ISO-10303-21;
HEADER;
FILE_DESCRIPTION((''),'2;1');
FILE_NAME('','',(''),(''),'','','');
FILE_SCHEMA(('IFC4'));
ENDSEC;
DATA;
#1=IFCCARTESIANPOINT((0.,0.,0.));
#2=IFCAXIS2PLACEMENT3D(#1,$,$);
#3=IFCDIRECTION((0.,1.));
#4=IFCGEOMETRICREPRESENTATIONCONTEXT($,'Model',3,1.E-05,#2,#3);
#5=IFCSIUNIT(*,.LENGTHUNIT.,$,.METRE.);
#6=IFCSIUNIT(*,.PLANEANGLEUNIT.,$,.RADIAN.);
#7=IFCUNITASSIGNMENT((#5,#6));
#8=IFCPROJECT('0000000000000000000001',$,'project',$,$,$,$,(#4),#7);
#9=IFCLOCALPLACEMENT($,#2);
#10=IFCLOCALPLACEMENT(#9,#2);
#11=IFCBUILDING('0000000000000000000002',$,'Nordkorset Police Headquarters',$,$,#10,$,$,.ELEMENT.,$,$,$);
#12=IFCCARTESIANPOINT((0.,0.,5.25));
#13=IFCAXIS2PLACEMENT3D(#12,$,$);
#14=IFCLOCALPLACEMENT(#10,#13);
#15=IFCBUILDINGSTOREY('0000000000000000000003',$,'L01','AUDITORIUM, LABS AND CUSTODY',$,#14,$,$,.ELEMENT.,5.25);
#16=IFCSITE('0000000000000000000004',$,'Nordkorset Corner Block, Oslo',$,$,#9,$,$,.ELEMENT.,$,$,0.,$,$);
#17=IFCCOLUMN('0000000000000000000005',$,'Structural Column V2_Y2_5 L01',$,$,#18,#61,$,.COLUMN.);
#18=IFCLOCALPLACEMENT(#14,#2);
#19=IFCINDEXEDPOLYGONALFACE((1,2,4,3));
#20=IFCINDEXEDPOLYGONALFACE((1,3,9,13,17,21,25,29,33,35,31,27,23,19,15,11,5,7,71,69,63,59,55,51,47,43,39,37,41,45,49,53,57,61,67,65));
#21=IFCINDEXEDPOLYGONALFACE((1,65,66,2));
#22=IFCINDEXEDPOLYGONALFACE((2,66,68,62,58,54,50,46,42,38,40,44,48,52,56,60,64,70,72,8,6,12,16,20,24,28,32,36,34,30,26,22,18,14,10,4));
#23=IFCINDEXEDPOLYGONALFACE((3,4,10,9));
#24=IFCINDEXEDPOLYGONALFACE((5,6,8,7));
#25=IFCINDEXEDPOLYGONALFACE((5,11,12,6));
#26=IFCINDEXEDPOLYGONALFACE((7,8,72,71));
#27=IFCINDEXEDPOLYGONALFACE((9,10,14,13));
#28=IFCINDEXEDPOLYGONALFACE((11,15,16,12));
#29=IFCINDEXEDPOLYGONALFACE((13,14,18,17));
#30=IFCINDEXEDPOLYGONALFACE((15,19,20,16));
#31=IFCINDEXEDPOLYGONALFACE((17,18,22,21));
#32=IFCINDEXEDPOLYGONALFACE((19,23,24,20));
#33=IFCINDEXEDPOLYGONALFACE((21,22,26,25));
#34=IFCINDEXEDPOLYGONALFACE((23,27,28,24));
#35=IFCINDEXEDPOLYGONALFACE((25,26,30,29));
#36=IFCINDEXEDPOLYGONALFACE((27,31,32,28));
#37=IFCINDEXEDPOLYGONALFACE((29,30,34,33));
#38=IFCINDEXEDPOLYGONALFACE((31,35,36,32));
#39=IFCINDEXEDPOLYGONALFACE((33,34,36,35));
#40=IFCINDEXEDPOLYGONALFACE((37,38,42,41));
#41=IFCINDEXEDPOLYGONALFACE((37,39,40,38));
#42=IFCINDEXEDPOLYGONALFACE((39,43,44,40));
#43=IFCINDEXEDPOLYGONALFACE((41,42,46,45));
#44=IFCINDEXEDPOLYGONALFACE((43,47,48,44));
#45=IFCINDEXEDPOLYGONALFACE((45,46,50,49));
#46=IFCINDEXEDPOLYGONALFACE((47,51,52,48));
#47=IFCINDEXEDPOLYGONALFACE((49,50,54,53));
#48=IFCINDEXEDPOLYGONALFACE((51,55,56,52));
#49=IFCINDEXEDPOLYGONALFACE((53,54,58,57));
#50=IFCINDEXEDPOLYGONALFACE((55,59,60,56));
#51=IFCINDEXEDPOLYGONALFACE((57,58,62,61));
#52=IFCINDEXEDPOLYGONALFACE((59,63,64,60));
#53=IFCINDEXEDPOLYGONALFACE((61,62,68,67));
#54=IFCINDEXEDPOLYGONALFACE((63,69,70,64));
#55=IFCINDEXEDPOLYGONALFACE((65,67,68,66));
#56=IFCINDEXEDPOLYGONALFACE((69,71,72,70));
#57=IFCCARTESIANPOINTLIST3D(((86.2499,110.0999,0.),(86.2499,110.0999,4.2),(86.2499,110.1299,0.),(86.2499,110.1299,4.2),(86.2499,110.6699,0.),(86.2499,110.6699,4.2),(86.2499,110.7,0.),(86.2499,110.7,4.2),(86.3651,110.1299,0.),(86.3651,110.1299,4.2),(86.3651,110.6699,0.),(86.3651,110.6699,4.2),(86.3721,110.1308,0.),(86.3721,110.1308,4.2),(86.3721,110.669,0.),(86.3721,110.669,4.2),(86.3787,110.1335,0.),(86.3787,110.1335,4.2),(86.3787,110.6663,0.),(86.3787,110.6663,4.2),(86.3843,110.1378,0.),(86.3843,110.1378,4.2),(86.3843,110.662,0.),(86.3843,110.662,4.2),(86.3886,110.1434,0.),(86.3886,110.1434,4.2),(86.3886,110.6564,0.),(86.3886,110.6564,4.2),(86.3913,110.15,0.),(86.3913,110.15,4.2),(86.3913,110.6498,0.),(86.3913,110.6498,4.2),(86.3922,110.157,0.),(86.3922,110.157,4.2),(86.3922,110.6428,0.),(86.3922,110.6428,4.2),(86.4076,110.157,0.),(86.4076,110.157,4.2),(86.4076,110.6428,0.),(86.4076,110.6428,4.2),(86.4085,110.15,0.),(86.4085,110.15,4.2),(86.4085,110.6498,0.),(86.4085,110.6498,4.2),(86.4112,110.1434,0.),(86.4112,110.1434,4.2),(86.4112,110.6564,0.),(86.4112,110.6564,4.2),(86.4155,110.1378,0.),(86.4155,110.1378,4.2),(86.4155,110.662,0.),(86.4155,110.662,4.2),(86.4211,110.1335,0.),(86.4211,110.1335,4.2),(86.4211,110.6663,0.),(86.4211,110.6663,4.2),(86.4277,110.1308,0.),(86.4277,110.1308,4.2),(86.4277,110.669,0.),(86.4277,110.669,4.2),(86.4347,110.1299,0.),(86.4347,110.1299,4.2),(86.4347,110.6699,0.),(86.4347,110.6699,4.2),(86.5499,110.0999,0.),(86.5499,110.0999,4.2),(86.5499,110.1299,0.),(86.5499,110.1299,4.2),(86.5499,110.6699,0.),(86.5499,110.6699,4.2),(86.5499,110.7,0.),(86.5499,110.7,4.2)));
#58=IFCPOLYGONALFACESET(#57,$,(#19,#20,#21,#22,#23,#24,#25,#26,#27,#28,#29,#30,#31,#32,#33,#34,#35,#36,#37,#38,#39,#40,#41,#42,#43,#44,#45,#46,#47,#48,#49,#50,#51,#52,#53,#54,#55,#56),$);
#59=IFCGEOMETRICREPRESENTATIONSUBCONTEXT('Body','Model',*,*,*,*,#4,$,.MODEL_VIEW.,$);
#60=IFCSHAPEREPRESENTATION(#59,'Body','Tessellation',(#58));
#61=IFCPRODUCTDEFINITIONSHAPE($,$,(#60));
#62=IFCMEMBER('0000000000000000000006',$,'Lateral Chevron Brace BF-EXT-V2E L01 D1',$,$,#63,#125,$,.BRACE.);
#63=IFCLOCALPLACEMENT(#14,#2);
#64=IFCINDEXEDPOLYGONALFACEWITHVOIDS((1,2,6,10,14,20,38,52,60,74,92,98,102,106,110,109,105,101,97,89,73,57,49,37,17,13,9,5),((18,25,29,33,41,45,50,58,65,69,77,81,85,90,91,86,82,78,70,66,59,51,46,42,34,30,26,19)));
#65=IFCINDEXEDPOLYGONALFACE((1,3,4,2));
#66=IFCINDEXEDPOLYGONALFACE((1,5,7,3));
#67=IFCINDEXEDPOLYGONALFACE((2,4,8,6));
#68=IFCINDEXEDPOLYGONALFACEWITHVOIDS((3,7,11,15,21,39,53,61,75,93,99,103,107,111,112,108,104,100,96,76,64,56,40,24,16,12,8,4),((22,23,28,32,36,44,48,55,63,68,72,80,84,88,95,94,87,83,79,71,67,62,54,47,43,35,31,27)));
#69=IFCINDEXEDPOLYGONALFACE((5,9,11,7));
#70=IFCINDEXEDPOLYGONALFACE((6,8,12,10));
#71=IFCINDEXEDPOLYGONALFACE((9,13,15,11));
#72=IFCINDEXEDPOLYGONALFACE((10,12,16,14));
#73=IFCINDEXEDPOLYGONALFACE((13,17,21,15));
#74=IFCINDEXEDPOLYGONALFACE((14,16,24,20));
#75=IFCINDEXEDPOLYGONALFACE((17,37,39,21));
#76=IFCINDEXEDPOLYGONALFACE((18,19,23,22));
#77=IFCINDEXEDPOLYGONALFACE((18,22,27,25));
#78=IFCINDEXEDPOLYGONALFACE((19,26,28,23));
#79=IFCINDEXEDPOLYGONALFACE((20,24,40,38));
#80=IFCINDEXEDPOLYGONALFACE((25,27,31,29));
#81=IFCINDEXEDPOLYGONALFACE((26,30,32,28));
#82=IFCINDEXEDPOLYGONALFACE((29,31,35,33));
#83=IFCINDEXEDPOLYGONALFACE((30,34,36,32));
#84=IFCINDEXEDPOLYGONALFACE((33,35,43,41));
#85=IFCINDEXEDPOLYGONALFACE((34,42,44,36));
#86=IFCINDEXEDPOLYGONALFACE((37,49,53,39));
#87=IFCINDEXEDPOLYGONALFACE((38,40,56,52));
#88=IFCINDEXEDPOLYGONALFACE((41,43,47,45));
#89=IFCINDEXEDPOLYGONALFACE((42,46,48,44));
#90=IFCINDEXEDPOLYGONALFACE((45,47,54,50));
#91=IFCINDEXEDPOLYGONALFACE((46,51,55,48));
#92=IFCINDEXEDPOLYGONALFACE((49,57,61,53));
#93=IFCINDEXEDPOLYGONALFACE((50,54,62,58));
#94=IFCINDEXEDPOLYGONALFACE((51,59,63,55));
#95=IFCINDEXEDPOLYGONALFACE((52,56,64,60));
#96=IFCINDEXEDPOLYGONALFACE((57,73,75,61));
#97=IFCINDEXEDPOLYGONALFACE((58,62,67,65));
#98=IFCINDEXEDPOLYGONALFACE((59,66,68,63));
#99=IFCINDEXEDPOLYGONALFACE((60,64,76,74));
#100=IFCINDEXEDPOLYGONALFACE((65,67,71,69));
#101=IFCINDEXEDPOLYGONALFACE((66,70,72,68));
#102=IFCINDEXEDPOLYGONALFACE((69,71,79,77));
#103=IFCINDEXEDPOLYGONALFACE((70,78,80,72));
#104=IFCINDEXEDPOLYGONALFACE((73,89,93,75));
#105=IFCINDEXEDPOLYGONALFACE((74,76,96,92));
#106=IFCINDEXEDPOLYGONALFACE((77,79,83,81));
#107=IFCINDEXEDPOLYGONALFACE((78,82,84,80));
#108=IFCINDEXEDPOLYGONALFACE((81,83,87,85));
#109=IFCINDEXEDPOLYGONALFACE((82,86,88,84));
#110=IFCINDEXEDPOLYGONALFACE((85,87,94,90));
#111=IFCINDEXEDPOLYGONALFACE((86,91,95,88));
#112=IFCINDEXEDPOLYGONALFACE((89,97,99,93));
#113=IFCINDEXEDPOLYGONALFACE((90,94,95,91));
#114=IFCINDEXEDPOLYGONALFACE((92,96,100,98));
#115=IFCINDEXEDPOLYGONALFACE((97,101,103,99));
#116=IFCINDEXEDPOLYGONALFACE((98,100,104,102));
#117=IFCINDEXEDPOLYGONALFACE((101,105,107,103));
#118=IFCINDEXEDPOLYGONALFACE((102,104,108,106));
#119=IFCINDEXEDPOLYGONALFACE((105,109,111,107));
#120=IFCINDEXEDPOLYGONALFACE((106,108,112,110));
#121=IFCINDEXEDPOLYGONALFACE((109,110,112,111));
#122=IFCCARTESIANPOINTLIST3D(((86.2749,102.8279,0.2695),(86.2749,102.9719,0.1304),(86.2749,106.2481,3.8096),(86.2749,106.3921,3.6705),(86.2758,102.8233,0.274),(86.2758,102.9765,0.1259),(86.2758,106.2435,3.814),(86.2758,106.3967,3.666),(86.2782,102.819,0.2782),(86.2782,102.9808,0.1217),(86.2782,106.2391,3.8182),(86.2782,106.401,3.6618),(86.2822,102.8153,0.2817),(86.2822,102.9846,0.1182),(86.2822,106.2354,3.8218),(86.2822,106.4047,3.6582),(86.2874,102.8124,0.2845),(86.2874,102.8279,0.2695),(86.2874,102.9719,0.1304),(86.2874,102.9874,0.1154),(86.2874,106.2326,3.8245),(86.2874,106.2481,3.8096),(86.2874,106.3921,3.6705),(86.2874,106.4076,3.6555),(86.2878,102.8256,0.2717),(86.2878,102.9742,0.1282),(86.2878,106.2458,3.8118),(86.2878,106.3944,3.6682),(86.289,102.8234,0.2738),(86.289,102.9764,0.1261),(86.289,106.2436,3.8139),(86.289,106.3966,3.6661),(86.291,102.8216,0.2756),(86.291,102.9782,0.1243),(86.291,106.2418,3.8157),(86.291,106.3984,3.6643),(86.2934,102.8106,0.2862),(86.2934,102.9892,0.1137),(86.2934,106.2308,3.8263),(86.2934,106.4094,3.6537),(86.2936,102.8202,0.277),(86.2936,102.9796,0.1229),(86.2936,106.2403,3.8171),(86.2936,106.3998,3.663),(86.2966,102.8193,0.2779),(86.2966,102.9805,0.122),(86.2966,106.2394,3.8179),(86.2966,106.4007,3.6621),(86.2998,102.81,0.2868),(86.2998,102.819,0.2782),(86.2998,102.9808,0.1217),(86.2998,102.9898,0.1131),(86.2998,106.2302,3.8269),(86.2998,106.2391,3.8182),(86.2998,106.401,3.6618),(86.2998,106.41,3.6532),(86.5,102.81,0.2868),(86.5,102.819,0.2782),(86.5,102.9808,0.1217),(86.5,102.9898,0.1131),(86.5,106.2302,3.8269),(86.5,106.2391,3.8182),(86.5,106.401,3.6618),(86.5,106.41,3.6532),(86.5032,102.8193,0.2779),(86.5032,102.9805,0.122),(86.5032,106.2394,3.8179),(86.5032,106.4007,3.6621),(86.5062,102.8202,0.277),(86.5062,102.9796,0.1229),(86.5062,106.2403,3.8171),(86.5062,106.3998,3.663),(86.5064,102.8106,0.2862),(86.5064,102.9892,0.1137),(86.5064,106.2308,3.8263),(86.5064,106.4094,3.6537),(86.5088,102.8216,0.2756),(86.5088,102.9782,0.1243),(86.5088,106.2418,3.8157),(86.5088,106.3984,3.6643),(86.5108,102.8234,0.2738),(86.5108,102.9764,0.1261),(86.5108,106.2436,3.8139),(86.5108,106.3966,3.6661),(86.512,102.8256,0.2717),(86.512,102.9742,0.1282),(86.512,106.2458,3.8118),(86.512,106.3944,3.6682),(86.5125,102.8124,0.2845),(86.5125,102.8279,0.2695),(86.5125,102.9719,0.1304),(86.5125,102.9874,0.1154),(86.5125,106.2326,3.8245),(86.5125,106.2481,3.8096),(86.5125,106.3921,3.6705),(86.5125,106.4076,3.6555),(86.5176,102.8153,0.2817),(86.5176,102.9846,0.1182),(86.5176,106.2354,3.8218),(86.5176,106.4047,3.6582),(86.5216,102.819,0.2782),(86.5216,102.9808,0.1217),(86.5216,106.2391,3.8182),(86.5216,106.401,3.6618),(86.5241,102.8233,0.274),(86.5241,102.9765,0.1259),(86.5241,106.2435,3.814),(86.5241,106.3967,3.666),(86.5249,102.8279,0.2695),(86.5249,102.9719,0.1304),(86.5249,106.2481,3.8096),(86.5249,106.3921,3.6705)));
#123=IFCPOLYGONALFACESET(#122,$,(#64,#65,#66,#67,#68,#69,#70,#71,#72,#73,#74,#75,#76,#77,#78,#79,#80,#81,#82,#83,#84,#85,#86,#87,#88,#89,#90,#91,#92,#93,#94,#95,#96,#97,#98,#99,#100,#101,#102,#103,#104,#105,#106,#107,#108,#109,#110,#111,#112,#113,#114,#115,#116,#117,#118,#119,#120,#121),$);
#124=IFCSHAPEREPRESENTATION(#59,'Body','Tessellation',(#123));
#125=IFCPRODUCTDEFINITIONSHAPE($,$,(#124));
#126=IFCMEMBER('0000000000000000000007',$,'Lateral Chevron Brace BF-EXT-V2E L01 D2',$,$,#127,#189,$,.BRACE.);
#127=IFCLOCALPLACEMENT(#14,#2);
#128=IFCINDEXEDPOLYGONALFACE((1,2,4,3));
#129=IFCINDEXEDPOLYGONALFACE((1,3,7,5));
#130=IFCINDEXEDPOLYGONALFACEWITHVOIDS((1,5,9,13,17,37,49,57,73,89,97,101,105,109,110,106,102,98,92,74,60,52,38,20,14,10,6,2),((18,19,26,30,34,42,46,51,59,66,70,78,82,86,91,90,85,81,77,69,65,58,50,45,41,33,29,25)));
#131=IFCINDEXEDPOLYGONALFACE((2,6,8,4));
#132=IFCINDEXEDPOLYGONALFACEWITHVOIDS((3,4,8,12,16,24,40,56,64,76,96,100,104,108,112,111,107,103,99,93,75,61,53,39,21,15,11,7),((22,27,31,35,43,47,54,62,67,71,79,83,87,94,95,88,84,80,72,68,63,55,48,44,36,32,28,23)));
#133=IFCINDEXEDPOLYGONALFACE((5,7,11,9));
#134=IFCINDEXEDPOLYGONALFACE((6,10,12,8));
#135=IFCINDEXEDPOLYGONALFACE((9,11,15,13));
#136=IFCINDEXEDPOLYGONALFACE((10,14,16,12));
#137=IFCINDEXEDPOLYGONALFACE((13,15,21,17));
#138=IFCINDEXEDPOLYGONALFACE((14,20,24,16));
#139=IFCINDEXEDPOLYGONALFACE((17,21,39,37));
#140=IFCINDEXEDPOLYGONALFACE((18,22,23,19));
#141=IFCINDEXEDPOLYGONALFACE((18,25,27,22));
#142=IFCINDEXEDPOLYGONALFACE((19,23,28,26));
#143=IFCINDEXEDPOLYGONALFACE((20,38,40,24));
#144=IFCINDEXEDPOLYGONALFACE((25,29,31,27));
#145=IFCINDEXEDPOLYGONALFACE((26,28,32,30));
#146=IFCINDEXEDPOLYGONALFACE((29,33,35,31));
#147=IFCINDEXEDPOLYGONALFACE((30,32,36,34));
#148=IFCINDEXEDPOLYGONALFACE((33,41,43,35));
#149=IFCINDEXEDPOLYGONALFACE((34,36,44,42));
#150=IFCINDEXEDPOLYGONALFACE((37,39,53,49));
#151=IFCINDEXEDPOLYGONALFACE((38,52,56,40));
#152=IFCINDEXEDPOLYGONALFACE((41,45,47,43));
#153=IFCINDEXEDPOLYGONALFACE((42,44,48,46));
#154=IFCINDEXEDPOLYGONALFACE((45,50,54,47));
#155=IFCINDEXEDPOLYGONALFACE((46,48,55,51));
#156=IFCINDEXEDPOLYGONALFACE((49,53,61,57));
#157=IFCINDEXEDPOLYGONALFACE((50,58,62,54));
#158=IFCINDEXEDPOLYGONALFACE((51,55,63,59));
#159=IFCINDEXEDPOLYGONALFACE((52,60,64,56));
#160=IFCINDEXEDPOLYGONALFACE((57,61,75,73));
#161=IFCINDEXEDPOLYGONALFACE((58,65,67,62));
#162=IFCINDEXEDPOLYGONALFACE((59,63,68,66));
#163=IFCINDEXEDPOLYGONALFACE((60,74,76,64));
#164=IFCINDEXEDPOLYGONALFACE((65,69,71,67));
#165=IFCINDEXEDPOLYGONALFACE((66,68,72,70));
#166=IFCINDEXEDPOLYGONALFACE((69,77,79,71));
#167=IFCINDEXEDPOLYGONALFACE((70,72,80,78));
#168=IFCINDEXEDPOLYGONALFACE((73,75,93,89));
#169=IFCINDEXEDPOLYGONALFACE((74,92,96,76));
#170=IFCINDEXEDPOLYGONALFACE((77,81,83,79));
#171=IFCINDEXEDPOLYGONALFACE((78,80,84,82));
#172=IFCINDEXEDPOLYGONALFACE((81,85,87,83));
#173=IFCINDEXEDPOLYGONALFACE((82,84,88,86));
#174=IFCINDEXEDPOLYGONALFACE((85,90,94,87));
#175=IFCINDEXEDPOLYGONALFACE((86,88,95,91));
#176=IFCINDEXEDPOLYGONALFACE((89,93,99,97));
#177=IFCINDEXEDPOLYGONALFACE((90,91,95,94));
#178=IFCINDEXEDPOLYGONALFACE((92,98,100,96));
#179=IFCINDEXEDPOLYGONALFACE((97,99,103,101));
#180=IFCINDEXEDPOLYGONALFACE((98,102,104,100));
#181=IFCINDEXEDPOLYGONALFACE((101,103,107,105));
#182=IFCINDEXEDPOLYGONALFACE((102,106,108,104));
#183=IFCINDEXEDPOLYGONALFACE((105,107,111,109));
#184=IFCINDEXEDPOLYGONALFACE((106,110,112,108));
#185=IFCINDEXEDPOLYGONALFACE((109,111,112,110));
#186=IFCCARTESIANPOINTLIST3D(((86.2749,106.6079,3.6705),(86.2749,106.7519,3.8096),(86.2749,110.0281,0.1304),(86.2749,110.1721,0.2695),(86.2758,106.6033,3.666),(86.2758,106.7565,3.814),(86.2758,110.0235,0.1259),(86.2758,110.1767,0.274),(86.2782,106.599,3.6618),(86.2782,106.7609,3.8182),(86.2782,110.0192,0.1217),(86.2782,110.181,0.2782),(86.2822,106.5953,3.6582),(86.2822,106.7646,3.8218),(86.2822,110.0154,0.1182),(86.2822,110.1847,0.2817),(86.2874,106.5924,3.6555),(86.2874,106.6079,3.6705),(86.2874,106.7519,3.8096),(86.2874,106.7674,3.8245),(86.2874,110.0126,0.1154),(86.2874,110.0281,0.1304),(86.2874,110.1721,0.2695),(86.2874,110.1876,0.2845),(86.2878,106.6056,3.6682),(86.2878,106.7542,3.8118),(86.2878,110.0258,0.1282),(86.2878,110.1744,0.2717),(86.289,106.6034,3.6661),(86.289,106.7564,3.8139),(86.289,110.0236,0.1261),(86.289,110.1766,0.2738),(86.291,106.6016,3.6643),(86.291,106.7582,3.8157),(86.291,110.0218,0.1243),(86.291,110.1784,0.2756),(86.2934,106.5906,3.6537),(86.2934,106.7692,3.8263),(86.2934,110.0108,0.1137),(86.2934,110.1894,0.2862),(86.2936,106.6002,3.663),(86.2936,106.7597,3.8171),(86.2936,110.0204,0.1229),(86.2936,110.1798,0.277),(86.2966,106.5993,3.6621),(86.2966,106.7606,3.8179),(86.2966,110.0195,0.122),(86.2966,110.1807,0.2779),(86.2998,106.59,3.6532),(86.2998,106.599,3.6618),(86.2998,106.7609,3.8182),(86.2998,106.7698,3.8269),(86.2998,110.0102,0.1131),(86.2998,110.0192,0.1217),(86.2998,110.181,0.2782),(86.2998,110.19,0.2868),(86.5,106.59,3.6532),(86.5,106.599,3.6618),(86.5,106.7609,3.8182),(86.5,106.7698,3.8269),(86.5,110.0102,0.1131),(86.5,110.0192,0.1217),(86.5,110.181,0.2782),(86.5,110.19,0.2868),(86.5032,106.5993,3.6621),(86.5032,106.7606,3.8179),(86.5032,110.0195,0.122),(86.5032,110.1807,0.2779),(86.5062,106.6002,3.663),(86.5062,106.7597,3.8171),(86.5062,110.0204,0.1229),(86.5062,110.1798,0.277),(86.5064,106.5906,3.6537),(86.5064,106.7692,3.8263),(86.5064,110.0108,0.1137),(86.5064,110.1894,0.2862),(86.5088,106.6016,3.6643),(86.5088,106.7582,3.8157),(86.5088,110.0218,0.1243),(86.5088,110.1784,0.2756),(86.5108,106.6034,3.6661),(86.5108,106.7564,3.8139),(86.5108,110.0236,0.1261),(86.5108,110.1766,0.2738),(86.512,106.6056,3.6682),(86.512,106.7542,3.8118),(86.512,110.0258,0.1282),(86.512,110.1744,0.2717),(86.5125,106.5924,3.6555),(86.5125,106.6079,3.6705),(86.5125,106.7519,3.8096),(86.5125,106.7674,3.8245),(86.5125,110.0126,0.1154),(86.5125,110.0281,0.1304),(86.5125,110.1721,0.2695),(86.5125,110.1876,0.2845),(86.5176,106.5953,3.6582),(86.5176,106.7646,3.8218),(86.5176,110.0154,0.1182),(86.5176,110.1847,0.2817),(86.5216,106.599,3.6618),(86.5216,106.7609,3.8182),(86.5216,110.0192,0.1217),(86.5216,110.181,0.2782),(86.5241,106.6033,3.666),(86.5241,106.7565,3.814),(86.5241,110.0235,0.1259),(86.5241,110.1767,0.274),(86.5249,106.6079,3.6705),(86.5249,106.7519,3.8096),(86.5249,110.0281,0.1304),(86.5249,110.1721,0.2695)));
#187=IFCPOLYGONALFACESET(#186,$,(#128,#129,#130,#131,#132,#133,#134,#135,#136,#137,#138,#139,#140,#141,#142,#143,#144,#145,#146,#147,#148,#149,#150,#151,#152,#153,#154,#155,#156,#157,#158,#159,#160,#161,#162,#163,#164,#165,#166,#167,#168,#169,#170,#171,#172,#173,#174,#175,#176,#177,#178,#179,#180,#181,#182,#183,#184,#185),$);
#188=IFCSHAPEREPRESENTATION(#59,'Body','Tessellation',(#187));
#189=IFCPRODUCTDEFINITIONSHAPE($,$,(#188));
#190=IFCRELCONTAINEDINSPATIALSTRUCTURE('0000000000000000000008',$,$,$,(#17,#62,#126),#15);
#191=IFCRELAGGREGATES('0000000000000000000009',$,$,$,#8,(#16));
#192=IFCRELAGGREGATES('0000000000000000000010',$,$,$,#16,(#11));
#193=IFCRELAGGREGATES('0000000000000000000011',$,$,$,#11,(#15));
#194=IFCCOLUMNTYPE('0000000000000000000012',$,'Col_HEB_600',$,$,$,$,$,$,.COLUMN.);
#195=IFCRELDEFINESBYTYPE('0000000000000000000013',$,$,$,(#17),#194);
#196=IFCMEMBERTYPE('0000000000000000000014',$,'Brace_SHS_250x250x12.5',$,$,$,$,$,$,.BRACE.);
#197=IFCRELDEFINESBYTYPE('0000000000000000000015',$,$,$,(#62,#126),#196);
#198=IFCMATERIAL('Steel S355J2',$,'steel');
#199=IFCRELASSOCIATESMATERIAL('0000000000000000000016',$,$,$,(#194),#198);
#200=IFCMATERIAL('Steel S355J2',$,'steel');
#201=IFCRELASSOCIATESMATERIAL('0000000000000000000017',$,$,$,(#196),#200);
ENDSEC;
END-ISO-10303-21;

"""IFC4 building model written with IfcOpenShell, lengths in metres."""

from ifc_helpers import new_model, si_unit, direction, frame, origin, origin_2d, place, context, subcontext, project, spatial, hollow_rectangle, i_section, extrude, material, material_profile, profile_set, type_object, element, save


model = new_model("IFC4")

# Units and contexts
model_context = context("Model", 3, precision=1e-05, world=origin(), true_north=direction((0.0, 1.0)))
body_context = subcontext(model_context, "Body", "Model", "MODEL_VIEW")
ifc_project = project(units=[si_unit("LENGTHUNIT", "METRE"), si_unit("PLANEANGLEUNIT", "RADIAN")], contexts=[model_context])

# Site, building, storey
site_placement = place(None, origin())
site = spatial("IfcSite", under=ifc_project, at=site_placement, Name="Nordkorset Corner Block, Oslo", CompositionType="ELEMENT", RefElevation=0.0)
building_placement = place(site_placement, origin())
building = spatial("IfcBuilding", under=site, at=building_placement, Name="Nordkorset Police Headquarters", CompositionType="ELEMENT")
storey_placement = place(building_placement, frame((0.0, 0.0, 5.25)))
storey = spatial("IfcBuildingStorey", under=building, at=storey_placement, Name="L01", Description="AUDITORIUM, LABS AND CUSTODY", CompositionType="ELEMENT", Elevation=5.25)

# Column
ifc_material_1 = material(Name="Steel S355J2", Category="steel")
ifc_material_profile_1 = material_profile(ifc_material_1, i_section(OverallWidth=0.3, OverallDepth=0.6001, WebThickness=0.0154, FlangeThickness=0.03, FilletRadius=0.0271, at=origin_2d()), Name="HEB 600")
ifc_profile_set_1 = profile_set([ifc_material_profile_1], Name="Steel S355J2")
column_type = type_object("IfcColumnType", Name="Col_HEB_600", PredefinedType="COLUMN", material=ifc_profile_set_1)
column_placement = place(storey_placement, frame((86.3999, 110.3999, 0.0), z_axis=(0.0, 0.0, 1.0), x_axis=(1.0, 0.0, 0.0)))
element("IfcColumn", 1, at=column_placement, inside=storey, type_object=column_type, Name="Structural Column V2_Y2_5 L01", PredefinedType="COLUMN", context=body_context, shape_type="SweptSolid", body=[
    extrude(i_section(OverallWidth=0.3, OverallDepth=0.6001, WebThickness=0.0154, FlangeThickness=0.03, FilletRadius=0.0271, at=origin_2d()), origin(), (0.0, 0.0, 1.0), 4.2),
])

# Members
ifc_material_2 = material(Name="Steel S355J2", Category="steel")
ifc_material_profile_2 = material_profile(ifc_material_2, hollow_rectangle(XDim=0.25, YDim=0.25, WallThickness=0.0125, InnerFilletRadius=0.0125, OuterFilletRadius=0.0249, at=origin_2d()), Name="SHS 250x250x12.5")
ifc_profile_set_2 = profile_set([ifc_material_profile_2], Name="Steel S355J2")
member_type_1 = type_object("IfcMemberType", Name="Brace_SHS_250x250x12.5", PredefinedType="BRACE", material=ifc_profile_set_2)
for number, where, z_axis, x_axis, name in (
    (2, (86.3999, 102.8999, 0.2), (0.0, 0.694826, 0.719178), (-1.0, 0.0, 0.0), "Lateral Chevron Brace BF-EXT-V2E L01 D1"),
    (3, (86.3999, 110.1001, 0.2), (0.0, -0.694826, 0.719178), (1.0, 0.0, 0.0), "Lateral Chevron Brace BF-EXT-V2E L01 D2"),
):
    element("IfcMember", number, at=place(storey_placement, frame(where, z_axis=z_axis, x_axis=x_axis)), inside=storey, type_object=member_type_1, Name=name, PredefinedType="BRACE", context=body_context, shape_type="SweptSolid", body=[
        extrude(hollow_rectangle(XDim=0.25, YDim=0.25, WallThickness=0.0125, InnerFilletRadius=0.0125, OuterFilletRadius=0.0249, at=origin_2d()), origin(), (0.0, 0.0, 1.0), 4.9224),
    ])

save(model, "model.ifc")
